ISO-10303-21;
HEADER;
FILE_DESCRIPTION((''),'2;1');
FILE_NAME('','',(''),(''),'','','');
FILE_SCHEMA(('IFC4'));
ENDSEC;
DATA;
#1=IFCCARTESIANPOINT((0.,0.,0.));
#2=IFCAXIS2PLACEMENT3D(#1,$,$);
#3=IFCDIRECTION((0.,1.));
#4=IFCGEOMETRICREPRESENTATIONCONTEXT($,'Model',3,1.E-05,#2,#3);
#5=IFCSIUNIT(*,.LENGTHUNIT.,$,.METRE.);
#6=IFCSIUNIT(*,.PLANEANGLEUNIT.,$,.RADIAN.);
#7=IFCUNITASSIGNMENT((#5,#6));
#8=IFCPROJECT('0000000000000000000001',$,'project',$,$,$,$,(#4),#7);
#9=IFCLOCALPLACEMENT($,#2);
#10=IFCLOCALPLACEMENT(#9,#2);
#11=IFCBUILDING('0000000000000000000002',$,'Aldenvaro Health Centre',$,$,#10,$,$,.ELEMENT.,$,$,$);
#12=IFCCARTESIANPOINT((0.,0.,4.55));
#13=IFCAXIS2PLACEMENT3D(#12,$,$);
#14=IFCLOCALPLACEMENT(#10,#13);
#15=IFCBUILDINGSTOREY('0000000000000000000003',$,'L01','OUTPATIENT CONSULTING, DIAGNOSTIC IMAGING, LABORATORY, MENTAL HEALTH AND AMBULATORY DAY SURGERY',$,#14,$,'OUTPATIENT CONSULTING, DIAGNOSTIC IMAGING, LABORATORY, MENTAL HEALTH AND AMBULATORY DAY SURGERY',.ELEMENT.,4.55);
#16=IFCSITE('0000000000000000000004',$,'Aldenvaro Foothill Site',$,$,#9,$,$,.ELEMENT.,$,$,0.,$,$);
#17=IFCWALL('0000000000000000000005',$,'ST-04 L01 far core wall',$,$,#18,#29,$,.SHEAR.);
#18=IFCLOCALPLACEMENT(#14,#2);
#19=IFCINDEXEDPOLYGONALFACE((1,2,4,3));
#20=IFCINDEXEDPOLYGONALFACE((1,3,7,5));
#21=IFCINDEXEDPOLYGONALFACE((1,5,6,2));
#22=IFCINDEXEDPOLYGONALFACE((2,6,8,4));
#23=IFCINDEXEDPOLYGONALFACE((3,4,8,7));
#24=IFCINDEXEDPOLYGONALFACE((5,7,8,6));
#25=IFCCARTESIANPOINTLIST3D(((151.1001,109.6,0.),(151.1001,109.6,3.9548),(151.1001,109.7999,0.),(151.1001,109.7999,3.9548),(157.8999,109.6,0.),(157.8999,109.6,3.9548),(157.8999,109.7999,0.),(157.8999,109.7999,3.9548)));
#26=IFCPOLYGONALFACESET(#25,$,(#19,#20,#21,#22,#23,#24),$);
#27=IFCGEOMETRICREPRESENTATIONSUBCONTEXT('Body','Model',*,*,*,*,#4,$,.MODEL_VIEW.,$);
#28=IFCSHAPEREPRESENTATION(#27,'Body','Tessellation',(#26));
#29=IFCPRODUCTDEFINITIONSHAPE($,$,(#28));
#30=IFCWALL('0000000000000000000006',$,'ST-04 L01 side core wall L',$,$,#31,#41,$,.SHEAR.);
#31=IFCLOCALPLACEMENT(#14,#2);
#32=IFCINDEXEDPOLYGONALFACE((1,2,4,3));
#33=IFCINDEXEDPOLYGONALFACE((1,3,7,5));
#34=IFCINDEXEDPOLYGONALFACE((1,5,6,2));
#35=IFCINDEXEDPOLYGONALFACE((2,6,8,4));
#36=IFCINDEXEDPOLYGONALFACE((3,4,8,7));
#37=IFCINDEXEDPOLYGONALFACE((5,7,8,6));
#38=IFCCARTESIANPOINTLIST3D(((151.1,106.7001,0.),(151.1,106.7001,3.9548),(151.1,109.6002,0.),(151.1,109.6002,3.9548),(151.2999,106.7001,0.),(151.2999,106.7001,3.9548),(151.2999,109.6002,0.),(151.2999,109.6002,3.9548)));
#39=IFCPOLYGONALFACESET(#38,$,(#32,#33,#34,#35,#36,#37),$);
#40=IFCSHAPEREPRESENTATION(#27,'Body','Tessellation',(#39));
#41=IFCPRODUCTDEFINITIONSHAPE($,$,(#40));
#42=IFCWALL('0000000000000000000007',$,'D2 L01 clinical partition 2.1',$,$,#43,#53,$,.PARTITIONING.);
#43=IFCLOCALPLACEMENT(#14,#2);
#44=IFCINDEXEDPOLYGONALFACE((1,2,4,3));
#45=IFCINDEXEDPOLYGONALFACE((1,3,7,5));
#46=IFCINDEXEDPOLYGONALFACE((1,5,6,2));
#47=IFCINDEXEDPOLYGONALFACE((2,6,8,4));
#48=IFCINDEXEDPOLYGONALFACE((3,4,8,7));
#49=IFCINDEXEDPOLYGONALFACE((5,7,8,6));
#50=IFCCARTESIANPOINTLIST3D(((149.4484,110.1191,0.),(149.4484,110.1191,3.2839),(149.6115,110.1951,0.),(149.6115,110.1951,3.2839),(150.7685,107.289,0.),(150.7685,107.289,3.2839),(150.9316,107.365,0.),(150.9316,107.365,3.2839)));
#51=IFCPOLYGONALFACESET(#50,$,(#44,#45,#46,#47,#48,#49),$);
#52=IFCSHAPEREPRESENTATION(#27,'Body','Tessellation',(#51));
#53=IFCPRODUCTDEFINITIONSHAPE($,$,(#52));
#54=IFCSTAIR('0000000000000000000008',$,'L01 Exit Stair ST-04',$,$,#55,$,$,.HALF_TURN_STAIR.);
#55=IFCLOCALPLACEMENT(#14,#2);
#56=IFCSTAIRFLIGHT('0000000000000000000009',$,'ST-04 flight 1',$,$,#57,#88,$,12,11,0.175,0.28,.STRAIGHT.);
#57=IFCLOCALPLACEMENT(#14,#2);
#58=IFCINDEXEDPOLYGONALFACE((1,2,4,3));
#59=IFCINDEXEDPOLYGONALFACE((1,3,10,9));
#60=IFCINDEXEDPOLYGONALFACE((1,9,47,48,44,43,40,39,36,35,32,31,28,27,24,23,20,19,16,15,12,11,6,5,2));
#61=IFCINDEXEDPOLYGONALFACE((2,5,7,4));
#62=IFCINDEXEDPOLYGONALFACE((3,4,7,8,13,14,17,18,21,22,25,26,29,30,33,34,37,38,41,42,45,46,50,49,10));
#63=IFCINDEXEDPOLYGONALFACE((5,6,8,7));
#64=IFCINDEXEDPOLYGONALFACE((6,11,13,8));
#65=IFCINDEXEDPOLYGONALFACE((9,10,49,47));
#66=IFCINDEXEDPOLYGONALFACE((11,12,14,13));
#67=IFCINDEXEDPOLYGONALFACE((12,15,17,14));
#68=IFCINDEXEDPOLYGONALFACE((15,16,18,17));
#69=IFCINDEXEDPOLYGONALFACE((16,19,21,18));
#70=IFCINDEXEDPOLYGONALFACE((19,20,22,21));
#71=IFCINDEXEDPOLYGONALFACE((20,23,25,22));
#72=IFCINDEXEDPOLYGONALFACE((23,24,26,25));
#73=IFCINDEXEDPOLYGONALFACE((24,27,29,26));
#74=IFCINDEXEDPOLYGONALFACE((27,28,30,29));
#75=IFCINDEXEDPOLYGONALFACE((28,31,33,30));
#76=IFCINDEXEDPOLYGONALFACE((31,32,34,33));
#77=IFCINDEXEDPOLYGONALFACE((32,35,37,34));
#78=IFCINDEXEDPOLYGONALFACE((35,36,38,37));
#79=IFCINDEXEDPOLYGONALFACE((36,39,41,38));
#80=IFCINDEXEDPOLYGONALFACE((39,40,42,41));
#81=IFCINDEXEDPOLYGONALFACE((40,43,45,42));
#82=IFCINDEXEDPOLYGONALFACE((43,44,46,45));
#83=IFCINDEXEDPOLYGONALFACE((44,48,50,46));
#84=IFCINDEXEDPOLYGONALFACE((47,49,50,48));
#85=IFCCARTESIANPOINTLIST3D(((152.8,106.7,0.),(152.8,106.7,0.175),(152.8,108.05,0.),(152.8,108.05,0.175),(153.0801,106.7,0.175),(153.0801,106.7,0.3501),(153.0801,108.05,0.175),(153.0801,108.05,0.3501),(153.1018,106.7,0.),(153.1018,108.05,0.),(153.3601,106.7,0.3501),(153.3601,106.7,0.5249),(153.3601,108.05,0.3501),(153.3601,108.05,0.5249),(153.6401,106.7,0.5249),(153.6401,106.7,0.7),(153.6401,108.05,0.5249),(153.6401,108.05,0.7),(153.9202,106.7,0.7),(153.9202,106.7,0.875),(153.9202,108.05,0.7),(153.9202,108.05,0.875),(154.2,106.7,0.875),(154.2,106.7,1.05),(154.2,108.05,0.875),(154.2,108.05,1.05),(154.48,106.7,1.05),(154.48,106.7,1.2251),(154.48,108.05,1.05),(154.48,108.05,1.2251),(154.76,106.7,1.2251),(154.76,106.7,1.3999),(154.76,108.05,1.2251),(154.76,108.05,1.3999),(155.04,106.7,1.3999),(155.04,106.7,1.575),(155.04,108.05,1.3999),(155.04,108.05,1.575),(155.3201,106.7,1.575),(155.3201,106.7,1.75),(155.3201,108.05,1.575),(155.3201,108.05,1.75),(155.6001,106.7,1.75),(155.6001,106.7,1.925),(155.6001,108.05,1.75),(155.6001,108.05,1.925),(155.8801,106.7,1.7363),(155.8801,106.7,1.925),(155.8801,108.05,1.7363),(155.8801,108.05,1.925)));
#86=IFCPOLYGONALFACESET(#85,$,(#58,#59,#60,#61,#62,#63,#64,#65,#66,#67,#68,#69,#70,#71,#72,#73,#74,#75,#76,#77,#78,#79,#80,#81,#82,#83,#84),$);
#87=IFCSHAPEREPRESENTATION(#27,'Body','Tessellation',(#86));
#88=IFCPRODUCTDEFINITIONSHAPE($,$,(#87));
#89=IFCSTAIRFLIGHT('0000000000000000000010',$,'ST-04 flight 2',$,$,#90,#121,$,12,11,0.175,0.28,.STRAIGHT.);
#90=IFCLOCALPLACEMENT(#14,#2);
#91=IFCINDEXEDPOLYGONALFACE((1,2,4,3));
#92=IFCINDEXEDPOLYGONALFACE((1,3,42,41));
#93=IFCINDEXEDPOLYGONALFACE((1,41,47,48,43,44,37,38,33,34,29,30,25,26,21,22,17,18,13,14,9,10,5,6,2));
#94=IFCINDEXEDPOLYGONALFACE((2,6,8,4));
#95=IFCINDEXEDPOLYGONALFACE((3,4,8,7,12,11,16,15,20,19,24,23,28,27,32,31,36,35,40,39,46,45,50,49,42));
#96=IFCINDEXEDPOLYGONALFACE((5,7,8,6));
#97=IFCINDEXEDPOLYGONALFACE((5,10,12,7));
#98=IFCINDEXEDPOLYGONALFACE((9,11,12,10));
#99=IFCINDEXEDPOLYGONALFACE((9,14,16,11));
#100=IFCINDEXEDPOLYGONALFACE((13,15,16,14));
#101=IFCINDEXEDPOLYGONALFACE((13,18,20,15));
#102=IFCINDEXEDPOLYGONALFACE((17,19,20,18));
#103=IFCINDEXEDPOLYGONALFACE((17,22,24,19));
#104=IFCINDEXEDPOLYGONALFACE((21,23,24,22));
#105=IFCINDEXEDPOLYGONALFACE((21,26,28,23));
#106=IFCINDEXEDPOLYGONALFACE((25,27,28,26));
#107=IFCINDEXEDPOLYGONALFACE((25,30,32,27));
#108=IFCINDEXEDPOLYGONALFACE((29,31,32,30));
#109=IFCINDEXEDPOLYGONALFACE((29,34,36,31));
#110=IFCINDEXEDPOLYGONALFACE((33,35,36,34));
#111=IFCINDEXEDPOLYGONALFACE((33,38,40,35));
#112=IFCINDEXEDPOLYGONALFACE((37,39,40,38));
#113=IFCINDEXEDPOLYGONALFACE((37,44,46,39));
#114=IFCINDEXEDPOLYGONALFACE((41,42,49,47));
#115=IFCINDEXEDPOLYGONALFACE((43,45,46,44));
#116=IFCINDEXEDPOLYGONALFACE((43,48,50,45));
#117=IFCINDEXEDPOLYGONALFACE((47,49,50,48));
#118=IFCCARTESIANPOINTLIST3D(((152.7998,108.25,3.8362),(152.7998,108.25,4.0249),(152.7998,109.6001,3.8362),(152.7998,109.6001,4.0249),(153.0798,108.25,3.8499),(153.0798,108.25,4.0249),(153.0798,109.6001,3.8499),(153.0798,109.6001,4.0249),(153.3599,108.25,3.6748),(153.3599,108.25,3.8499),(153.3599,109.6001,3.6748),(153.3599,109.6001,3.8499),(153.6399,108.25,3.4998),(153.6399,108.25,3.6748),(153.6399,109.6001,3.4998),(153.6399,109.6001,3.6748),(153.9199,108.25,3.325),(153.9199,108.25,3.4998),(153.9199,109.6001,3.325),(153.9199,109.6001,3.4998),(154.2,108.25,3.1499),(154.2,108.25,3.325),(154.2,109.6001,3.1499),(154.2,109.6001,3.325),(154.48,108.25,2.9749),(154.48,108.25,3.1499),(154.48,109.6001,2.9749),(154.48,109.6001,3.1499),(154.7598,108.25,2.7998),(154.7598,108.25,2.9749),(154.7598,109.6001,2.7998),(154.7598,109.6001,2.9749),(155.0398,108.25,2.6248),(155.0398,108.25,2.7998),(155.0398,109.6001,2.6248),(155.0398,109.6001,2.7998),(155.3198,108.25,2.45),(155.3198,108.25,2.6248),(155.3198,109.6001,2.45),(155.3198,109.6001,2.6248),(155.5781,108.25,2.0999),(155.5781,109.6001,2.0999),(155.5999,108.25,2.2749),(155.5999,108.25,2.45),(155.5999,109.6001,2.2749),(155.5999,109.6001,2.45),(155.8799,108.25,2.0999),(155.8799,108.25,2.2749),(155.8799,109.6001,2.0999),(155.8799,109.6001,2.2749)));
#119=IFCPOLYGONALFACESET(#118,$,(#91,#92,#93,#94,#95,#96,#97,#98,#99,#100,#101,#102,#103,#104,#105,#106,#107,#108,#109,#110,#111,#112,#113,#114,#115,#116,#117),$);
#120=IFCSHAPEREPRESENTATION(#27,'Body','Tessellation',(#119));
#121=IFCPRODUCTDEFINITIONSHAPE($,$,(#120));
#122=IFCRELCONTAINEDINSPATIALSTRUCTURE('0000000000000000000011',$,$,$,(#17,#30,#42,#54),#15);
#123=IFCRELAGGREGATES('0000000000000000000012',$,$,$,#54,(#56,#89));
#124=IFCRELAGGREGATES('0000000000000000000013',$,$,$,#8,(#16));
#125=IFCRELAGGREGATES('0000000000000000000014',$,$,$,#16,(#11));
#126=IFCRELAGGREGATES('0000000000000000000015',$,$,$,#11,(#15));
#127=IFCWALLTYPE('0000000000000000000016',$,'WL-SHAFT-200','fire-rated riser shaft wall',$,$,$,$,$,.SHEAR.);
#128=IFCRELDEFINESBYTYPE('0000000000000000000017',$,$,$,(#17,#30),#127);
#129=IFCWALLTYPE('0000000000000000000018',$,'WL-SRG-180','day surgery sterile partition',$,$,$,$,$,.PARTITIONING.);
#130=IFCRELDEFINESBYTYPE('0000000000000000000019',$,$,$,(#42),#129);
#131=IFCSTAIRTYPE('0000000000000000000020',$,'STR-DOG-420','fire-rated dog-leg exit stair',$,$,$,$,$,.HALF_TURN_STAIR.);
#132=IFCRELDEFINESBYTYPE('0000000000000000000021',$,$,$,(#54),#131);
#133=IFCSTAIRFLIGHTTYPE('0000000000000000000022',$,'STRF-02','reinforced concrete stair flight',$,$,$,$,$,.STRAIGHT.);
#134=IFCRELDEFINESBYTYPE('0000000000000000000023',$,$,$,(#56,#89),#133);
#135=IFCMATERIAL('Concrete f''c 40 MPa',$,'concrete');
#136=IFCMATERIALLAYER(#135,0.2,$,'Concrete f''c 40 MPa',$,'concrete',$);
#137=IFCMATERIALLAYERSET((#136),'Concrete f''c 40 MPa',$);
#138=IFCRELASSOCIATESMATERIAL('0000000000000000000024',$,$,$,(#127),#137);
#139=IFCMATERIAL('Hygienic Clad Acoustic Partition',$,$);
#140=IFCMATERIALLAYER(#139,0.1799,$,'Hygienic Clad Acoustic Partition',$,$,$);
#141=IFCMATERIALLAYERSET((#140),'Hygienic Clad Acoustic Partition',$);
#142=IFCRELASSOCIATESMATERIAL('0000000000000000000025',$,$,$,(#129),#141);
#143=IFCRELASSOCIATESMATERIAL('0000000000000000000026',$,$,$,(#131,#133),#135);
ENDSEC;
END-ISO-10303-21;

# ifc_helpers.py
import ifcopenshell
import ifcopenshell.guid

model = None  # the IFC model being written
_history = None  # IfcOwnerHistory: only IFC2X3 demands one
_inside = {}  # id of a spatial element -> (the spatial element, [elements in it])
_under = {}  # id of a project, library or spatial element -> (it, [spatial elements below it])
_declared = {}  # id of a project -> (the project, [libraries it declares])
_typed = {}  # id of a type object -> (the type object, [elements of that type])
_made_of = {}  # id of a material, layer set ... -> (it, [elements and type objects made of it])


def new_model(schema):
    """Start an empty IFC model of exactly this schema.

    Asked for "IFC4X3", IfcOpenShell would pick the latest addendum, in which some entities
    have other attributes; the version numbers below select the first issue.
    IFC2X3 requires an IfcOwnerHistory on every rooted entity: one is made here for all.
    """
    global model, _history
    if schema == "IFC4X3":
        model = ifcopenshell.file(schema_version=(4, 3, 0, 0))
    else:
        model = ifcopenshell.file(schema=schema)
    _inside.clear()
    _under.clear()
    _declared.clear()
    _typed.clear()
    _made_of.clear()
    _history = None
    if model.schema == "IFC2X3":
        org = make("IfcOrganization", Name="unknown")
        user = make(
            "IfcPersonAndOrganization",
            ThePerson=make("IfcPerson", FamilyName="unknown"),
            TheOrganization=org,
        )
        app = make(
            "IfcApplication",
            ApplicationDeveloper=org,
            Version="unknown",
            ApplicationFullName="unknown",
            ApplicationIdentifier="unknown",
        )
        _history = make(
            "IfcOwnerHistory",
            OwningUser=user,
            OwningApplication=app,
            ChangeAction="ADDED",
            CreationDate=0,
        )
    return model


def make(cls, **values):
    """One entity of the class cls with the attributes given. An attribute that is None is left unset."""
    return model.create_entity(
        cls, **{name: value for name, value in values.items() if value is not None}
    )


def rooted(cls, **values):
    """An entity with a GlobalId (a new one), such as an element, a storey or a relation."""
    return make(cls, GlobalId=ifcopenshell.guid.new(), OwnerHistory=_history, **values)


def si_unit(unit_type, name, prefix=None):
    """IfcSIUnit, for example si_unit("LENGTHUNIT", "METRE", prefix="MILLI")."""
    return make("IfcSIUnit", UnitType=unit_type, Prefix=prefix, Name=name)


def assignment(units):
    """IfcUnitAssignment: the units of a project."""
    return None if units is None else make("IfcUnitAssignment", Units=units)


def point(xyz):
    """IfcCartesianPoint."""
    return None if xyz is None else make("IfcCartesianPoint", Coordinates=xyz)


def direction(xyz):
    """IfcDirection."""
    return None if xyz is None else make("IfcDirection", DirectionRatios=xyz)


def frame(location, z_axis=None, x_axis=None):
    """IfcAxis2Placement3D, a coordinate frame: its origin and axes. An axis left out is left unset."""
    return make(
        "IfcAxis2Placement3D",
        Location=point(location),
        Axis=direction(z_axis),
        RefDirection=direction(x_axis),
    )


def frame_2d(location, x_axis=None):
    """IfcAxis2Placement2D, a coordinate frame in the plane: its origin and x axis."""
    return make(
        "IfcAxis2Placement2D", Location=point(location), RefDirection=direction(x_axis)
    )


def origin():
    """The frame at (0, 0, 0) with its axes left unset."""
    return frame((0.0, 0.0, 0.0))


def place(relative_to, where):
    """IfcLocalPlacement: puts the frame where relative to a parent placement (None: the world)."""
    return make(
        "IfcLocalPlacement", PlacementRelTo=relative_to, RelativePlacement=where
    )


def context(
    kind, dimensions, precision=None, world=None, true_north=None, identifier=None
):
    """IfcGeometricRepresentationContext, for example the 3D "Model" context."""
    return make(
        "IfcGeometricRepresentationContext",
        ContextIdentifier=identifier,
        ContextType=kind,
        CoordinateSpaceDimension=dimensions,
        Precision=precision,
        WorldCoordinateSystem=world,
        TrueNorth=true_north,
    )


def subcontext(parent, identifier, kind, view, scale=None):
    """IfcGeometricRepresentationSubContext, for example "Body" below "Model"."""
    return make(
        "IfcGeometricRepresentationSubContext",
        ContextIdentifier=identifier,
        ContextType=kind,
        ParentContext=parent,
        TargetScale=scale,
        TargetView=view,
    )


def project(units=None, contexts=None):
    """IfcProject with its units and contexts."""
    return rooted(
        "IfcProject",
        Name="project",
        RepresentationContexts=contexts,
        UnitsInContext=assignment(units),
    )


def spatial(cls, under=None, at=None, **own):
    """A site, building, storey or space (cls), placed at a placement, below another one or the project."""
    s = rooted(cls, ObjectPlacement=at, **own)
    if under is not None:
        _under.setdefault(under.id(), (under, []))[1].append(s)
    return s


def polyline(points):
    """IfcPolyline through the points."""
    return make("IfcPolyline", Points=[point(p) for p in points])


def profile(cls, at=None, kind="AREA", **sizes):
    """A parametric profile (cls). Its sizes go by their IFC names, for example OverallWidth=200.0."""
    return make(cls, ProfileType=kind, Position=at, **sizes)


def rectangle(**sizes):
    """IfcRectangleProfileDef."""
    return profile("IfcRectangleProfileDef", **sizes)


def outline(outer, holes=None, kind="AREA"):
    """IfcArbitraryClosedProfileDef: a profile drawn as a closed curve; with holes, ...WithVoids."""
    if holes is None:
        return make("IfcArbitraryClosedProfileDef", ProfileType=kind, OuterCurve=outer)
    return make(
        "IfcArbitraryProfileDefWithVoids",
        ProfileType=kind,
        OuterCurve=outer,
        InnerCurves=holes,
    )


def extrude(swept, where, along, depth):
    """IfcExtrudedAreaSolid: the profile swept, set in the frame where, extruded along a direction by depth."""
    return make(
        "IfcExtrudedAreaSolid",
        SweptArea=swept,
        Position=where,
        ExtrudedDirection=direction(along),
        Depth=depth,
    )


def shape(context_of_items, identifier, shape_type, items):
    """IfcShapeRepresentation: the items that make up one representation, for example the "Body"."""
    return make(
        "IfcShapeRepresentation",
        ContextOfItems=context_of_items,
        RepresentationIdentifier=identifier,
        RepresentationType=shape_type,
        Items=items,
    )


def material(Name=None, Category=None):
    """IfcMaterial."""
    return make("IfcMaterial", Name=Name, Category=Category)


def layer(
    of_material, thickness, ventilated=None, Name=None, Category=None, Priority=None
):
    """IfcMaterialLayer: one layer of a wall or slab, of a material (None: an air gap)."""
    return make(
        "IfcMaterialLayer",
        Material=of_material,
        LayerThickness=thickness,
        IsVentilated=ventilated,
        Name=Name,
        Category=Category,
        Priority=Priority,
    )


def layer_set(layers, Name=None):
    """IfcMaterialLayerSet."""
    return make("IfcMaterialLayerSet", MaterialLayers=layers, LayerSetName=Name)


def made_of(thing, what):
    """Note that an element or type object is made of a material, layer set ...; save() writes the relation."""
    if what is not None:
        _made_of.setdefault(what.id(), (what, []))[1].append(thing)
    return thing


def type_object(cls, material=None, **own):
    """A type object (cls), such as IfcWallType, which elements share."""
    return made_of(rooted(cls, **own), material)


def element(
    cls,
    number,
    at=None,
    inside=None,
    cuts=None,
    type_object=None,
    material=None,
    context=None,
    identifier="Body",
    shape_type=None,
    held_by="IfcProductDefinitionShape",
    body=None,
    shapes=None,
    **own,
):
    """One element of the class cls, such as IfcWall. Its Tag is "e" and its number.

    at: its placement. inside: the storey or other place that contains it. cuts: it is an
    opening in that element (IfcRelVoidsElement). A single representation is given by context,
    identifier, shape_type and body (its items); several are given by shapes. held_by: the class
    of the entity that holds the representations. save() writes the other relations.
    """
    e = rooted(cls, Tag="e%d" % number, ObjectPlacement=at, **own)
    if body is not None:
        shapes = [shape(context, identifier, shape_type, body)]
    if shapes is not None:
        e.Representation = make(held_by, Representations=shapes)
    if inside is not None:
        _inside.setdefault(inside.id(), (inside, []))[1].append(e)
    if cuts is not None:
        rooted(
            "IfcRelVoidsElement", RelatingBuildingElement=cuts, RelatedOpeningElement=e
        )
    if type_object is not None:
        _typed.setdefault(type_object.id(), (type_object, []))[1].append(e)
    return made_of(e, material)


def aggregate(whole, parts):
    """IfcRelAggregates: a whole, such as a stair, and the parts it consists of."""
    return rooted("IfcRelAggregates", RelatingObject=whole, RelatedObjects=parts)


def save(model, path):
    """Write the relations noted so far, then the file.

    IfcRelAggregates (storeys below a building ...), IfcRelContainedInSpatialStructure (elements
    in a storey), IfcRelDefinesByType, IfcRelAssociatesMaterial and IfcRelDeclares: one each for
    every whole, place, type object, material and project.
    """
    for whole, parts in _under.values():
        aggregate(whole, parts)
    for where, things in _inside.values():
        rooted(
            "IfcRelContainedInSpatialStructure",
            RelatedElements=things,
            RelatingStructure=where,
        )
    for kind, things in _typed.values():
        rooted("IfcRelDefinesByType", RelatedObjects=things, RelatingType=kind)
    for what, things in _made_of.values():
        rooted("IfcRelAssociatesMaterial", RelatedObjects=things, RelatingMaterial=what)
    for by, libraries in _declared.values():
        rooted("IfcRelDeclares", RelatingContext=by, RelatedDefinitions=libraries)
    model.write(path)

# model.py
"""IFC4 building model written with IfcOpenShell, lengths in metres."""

from ifc_helpers import new_model, si_unit, direction, frame, frame_2d, origin, place, context, subcontext, project, spatial, polyline, rectangle, outline, extrude, material, layer, layer_set, type_object, element, aggregate, save


model = new_model("IFC4")

# Units and contexts
model_context = context("Model", 3, precision=1e-05, world=origin(), true_north=direction((0.0, 1.0)))
body_context = subcontext(model_context, "Body", "Model", "MODEL_VIEW")
ifc_project = project(units=[si_unit("LENGTHUNIT", "METRE"), si_unit("PLANEANGLEUNIT", "RADIAN")], contexts=[model_context])

# Site, building, storey
site_placement = place(None, origin())
site = spatial("IfcSite", under=ifc_project, at=site_placement, Name="Aldenvaro Foothill Site", CompositionType="ELEMENT", RefElevation=0.0)
building_placement = place(site_placement, origin())
building = spatial("IfcBuilding", under=site, at=building_placement, Name="Aldenvaro Health Centre", CompositionType="ELEMENT")
storey_placement = place(building_placement, frame((0.0, 0.0, 4.55)))
storey = spatial("IfcBuildingStorey", under=building, at=storey_placement, Name="L01", Description="OUTPATIENT CONSULTING, DIAGNOSTIC IMAGING, LABORATORY, MENTAL HEALTH AND AMBULATORY DAY SURGERY", LongName="OUTPATIENT CONSULTING, DIAGNOSTIC IMAGING, LABORATORY, MENTAL HEALTH AND AMBULATORY DAY SURGERY", CompositionType="ELEMENT", Elevation=4.55)

# Shared definitions
ifc_material_1 = material(Name="Concrete f'c 40 MPa", Category="concrete")

# Shared definitions
ifc_layer_1 = layer(ifc_material_1, 0.2, Name="Concrete f'c 40 MPa", Category="concrete")
ifc_layer_set_1 = layer_set([ifc_layer_1], Name="Concrete f'c 40 MPa")
wall_type_1 = type_object("IfcWallType", Name="WL-SHAFT-200", Description="fire-rated riser shaft wall", PredefinedType="SHEAR", material=ifc_layer_set_1)

# Walls
wall_1_placement = place(storey_placement, frame((151.1001, 109.7, 0.0), z_axis=(0.0, 0.0, 1.0), x_axis=(1.0, 0.0, 0.0)))
element("IfcWall", 1, at=wall_1_placement, inside=storey, type_object=wall_type_1, Name="ST-04 L01 far core wall", PredefinedType="SHEAR", context=body_context, shape_type="SweptSolid", body=[
    extrude(rectangle(XDim=6.7998, YDim=0.2, at=frame_2d((3.3999, 0.0))), origin(), (0.0, 0.0, 1.0), 3.9548),
])
wall_2_placement = place(storey_placement, frame((151.2, 106.7, 0.0), z_axis=(0.0, 0.0, 1.0), x_axis=(0.0, 1.0, 0.0)))
element("IfcWall", 2, at=wall_2_placement, inside=storey, type_object=wall_type_1, Name="ST-04 L01 side core wall L", PredefinedType="SHEAR", context=body_context, shape_type="SweptSolid", body=[
    extrude(rectangle(XDim=2.9001, YDim=0.2, at=frame_2d((1.4502, 0.0))), origin(), (0.0, 0.0, 1.0), 3.9548),
])
ifc_material_2 = material(Name="Hygienic Clad Acoustic Partition")
ifc_layer_2 = layer(ifc_material_2, 0.1799, Name="Hygienic Clad Acoustic Partition")
ifc_layer_set_2 = layer_set([ifc_layer_2], Name="Hygienic Clad Acoustic Partition")
wall_type_2 = type_object("IfcWallType", Name="WL-SRG-180", Description="day surgery sterile partition", PredefinedType="PARTITIONING", material=ifc_layer_set_2)
wall_3_placement = place(storey_placement, frame((150.8501, 107.3269, 0.0), z_axis=(0.0, 0.0, 1.0), x_axis=(-0.422719, 0.906261, 0.0)))
element("IfcWall", 3, at=wall_3_placement, inside=storey, type_object=wall_type_2, Name="D2 L01 clinical partition 2.1", PredefinedType="PARTITIONING", context=body_context, shape_type="SweptSolid", body=[
    extrude(rectangle(XDim=3.1228, YDim=0.1799, at=frame_2d((1.5615, 0.0))), origin(), (0.0, 0.0, 1.0), 3.2839),
])

# Stair, stair flights
stair_type = type_object("IfcStairType", Name="STR-DOG-420", Description="fire-rated dog-leg exit stair", PredefinedType="HALF_TURN_STAIR", material=ifc_material_1)
stair_placement = place(storey_placement, origin())
stair = element("IfcStair", 4, at=stair_placement, inside=storey, type_object=stair_type, Name="L01 Exit Stair ST-04", PredefinedType="HALF_TURN_STAIR")
stair_flight_type = type_object("IfcStairFlightType", Name="STRF-02", Description="reinforced concrete stair flight", PredefinedType="STRAIGHT", material=ifc_material_1)
stair_flight_1_placement = place(storey_placement, frame((152.8, 107.375, 0.0), z_axis=(0.0, 0.0, 1.0), x_axis=(1.0, 0.0, 0.0)))
stair_flight_1 = element("IfcStairFlight", 5, at=stair_flight_1_placement, type_object=stair_flight_type, Name="ST-04 flight 1", NumberOfRisers=12, NumberOfTreads=11, PredefinedType="STRAIGHT", RiserHeight=0.175, TreadLength=0.28, context=body_context, shape_type="SweptSolid", body=[
    extrude(outline(polyline([(0.0, 0.0), (0.0, 0.175), (0.28, 0.175), (0.28, 0.3501), (0.5601, 0.3501), (0.5601, 0.5249), (0.8401, 0.5249), (0.8401, 0.7), (1.1201, 0.7), (1.1201, 0.875), (1.3999, 0.875), (1.3999, 1.05), (1.6799, 1.05), (1.6799, 1.2251), (1.96, 1.2251), (1.96, 1.3999), (2.24, 1.3999), (2.24, 1.575), (2.52, 1.575), (2.52, 1.75), (2.8, 1.75), (2.8, 1.925), (3.0801, 1.925), (3.0801, 2.1001), (3.0801, 1.7363), (0.3018, 0.0), (0.0, 0.0)])), frame((0.0, 0.675, 0.0), z_axis=(0.0, -1.0, 0.0), x_axis=(1.0, 0.0, 0.0)), (0.0, 0.0, 1.0), 1.3501),
])
stair_flight_2_placement = place(storey_placement, frame((155.8799, 108.925, 2.0999), z_axis=(0.0, 0.0, 1.0), x_axis=(-1.0, 0.0, 0.0)))
stair_flight_2 = element("IfcStairFlight", 6, at=stair_flight_2_placement, type_object=stair_flight_type, Name="ST-04 flight 2", NumberOfRisers=12, NumberOfTreads=11, PredefinedType="STRAIGHT", RiserHeight=0.175, TreadLength=0.28, context=body_context, shape_type="SweptSolid", body=[
    extrude(outline(polyline([(0.0, 0.0), (0.0, 0.175), (0.28, 0.175), (0.28, 0.3501), (0.5601, 0.3501), (0.5601, 0.5249), (0.8401, 0.5249), (0.8401, 0.7), (1.1201, 0.7), (1.1201, 0.875), (1.3999, 0.875), (1.3999, 1.05), (1.6799, 1.05), (1.6799, 1.2251), (1.96, 1.2251), (1.96, 1.3999), (2.24, 1.3999), (2.24, 1.575), (2.52, 1.575), (2.52, 1.75), (2.8, 1.75), (2.8, 1.925), (3.0801, 1.925), (3.0801, 2.1001), (3.0801, 1.7363), (0.3018, 0.0), (0.0, 0.0)])), frame((0.0, 0.675, 0.0), z_axis=(0.0, -1.0, 0.0), x_axis=(1.0, 0.0, 0.0)), (0.0, 0.0, 1.0), 1.3501),
])
aggregate(stair, [stair_flight_1, stair_flight_2])

save(model, "model.ifc")
